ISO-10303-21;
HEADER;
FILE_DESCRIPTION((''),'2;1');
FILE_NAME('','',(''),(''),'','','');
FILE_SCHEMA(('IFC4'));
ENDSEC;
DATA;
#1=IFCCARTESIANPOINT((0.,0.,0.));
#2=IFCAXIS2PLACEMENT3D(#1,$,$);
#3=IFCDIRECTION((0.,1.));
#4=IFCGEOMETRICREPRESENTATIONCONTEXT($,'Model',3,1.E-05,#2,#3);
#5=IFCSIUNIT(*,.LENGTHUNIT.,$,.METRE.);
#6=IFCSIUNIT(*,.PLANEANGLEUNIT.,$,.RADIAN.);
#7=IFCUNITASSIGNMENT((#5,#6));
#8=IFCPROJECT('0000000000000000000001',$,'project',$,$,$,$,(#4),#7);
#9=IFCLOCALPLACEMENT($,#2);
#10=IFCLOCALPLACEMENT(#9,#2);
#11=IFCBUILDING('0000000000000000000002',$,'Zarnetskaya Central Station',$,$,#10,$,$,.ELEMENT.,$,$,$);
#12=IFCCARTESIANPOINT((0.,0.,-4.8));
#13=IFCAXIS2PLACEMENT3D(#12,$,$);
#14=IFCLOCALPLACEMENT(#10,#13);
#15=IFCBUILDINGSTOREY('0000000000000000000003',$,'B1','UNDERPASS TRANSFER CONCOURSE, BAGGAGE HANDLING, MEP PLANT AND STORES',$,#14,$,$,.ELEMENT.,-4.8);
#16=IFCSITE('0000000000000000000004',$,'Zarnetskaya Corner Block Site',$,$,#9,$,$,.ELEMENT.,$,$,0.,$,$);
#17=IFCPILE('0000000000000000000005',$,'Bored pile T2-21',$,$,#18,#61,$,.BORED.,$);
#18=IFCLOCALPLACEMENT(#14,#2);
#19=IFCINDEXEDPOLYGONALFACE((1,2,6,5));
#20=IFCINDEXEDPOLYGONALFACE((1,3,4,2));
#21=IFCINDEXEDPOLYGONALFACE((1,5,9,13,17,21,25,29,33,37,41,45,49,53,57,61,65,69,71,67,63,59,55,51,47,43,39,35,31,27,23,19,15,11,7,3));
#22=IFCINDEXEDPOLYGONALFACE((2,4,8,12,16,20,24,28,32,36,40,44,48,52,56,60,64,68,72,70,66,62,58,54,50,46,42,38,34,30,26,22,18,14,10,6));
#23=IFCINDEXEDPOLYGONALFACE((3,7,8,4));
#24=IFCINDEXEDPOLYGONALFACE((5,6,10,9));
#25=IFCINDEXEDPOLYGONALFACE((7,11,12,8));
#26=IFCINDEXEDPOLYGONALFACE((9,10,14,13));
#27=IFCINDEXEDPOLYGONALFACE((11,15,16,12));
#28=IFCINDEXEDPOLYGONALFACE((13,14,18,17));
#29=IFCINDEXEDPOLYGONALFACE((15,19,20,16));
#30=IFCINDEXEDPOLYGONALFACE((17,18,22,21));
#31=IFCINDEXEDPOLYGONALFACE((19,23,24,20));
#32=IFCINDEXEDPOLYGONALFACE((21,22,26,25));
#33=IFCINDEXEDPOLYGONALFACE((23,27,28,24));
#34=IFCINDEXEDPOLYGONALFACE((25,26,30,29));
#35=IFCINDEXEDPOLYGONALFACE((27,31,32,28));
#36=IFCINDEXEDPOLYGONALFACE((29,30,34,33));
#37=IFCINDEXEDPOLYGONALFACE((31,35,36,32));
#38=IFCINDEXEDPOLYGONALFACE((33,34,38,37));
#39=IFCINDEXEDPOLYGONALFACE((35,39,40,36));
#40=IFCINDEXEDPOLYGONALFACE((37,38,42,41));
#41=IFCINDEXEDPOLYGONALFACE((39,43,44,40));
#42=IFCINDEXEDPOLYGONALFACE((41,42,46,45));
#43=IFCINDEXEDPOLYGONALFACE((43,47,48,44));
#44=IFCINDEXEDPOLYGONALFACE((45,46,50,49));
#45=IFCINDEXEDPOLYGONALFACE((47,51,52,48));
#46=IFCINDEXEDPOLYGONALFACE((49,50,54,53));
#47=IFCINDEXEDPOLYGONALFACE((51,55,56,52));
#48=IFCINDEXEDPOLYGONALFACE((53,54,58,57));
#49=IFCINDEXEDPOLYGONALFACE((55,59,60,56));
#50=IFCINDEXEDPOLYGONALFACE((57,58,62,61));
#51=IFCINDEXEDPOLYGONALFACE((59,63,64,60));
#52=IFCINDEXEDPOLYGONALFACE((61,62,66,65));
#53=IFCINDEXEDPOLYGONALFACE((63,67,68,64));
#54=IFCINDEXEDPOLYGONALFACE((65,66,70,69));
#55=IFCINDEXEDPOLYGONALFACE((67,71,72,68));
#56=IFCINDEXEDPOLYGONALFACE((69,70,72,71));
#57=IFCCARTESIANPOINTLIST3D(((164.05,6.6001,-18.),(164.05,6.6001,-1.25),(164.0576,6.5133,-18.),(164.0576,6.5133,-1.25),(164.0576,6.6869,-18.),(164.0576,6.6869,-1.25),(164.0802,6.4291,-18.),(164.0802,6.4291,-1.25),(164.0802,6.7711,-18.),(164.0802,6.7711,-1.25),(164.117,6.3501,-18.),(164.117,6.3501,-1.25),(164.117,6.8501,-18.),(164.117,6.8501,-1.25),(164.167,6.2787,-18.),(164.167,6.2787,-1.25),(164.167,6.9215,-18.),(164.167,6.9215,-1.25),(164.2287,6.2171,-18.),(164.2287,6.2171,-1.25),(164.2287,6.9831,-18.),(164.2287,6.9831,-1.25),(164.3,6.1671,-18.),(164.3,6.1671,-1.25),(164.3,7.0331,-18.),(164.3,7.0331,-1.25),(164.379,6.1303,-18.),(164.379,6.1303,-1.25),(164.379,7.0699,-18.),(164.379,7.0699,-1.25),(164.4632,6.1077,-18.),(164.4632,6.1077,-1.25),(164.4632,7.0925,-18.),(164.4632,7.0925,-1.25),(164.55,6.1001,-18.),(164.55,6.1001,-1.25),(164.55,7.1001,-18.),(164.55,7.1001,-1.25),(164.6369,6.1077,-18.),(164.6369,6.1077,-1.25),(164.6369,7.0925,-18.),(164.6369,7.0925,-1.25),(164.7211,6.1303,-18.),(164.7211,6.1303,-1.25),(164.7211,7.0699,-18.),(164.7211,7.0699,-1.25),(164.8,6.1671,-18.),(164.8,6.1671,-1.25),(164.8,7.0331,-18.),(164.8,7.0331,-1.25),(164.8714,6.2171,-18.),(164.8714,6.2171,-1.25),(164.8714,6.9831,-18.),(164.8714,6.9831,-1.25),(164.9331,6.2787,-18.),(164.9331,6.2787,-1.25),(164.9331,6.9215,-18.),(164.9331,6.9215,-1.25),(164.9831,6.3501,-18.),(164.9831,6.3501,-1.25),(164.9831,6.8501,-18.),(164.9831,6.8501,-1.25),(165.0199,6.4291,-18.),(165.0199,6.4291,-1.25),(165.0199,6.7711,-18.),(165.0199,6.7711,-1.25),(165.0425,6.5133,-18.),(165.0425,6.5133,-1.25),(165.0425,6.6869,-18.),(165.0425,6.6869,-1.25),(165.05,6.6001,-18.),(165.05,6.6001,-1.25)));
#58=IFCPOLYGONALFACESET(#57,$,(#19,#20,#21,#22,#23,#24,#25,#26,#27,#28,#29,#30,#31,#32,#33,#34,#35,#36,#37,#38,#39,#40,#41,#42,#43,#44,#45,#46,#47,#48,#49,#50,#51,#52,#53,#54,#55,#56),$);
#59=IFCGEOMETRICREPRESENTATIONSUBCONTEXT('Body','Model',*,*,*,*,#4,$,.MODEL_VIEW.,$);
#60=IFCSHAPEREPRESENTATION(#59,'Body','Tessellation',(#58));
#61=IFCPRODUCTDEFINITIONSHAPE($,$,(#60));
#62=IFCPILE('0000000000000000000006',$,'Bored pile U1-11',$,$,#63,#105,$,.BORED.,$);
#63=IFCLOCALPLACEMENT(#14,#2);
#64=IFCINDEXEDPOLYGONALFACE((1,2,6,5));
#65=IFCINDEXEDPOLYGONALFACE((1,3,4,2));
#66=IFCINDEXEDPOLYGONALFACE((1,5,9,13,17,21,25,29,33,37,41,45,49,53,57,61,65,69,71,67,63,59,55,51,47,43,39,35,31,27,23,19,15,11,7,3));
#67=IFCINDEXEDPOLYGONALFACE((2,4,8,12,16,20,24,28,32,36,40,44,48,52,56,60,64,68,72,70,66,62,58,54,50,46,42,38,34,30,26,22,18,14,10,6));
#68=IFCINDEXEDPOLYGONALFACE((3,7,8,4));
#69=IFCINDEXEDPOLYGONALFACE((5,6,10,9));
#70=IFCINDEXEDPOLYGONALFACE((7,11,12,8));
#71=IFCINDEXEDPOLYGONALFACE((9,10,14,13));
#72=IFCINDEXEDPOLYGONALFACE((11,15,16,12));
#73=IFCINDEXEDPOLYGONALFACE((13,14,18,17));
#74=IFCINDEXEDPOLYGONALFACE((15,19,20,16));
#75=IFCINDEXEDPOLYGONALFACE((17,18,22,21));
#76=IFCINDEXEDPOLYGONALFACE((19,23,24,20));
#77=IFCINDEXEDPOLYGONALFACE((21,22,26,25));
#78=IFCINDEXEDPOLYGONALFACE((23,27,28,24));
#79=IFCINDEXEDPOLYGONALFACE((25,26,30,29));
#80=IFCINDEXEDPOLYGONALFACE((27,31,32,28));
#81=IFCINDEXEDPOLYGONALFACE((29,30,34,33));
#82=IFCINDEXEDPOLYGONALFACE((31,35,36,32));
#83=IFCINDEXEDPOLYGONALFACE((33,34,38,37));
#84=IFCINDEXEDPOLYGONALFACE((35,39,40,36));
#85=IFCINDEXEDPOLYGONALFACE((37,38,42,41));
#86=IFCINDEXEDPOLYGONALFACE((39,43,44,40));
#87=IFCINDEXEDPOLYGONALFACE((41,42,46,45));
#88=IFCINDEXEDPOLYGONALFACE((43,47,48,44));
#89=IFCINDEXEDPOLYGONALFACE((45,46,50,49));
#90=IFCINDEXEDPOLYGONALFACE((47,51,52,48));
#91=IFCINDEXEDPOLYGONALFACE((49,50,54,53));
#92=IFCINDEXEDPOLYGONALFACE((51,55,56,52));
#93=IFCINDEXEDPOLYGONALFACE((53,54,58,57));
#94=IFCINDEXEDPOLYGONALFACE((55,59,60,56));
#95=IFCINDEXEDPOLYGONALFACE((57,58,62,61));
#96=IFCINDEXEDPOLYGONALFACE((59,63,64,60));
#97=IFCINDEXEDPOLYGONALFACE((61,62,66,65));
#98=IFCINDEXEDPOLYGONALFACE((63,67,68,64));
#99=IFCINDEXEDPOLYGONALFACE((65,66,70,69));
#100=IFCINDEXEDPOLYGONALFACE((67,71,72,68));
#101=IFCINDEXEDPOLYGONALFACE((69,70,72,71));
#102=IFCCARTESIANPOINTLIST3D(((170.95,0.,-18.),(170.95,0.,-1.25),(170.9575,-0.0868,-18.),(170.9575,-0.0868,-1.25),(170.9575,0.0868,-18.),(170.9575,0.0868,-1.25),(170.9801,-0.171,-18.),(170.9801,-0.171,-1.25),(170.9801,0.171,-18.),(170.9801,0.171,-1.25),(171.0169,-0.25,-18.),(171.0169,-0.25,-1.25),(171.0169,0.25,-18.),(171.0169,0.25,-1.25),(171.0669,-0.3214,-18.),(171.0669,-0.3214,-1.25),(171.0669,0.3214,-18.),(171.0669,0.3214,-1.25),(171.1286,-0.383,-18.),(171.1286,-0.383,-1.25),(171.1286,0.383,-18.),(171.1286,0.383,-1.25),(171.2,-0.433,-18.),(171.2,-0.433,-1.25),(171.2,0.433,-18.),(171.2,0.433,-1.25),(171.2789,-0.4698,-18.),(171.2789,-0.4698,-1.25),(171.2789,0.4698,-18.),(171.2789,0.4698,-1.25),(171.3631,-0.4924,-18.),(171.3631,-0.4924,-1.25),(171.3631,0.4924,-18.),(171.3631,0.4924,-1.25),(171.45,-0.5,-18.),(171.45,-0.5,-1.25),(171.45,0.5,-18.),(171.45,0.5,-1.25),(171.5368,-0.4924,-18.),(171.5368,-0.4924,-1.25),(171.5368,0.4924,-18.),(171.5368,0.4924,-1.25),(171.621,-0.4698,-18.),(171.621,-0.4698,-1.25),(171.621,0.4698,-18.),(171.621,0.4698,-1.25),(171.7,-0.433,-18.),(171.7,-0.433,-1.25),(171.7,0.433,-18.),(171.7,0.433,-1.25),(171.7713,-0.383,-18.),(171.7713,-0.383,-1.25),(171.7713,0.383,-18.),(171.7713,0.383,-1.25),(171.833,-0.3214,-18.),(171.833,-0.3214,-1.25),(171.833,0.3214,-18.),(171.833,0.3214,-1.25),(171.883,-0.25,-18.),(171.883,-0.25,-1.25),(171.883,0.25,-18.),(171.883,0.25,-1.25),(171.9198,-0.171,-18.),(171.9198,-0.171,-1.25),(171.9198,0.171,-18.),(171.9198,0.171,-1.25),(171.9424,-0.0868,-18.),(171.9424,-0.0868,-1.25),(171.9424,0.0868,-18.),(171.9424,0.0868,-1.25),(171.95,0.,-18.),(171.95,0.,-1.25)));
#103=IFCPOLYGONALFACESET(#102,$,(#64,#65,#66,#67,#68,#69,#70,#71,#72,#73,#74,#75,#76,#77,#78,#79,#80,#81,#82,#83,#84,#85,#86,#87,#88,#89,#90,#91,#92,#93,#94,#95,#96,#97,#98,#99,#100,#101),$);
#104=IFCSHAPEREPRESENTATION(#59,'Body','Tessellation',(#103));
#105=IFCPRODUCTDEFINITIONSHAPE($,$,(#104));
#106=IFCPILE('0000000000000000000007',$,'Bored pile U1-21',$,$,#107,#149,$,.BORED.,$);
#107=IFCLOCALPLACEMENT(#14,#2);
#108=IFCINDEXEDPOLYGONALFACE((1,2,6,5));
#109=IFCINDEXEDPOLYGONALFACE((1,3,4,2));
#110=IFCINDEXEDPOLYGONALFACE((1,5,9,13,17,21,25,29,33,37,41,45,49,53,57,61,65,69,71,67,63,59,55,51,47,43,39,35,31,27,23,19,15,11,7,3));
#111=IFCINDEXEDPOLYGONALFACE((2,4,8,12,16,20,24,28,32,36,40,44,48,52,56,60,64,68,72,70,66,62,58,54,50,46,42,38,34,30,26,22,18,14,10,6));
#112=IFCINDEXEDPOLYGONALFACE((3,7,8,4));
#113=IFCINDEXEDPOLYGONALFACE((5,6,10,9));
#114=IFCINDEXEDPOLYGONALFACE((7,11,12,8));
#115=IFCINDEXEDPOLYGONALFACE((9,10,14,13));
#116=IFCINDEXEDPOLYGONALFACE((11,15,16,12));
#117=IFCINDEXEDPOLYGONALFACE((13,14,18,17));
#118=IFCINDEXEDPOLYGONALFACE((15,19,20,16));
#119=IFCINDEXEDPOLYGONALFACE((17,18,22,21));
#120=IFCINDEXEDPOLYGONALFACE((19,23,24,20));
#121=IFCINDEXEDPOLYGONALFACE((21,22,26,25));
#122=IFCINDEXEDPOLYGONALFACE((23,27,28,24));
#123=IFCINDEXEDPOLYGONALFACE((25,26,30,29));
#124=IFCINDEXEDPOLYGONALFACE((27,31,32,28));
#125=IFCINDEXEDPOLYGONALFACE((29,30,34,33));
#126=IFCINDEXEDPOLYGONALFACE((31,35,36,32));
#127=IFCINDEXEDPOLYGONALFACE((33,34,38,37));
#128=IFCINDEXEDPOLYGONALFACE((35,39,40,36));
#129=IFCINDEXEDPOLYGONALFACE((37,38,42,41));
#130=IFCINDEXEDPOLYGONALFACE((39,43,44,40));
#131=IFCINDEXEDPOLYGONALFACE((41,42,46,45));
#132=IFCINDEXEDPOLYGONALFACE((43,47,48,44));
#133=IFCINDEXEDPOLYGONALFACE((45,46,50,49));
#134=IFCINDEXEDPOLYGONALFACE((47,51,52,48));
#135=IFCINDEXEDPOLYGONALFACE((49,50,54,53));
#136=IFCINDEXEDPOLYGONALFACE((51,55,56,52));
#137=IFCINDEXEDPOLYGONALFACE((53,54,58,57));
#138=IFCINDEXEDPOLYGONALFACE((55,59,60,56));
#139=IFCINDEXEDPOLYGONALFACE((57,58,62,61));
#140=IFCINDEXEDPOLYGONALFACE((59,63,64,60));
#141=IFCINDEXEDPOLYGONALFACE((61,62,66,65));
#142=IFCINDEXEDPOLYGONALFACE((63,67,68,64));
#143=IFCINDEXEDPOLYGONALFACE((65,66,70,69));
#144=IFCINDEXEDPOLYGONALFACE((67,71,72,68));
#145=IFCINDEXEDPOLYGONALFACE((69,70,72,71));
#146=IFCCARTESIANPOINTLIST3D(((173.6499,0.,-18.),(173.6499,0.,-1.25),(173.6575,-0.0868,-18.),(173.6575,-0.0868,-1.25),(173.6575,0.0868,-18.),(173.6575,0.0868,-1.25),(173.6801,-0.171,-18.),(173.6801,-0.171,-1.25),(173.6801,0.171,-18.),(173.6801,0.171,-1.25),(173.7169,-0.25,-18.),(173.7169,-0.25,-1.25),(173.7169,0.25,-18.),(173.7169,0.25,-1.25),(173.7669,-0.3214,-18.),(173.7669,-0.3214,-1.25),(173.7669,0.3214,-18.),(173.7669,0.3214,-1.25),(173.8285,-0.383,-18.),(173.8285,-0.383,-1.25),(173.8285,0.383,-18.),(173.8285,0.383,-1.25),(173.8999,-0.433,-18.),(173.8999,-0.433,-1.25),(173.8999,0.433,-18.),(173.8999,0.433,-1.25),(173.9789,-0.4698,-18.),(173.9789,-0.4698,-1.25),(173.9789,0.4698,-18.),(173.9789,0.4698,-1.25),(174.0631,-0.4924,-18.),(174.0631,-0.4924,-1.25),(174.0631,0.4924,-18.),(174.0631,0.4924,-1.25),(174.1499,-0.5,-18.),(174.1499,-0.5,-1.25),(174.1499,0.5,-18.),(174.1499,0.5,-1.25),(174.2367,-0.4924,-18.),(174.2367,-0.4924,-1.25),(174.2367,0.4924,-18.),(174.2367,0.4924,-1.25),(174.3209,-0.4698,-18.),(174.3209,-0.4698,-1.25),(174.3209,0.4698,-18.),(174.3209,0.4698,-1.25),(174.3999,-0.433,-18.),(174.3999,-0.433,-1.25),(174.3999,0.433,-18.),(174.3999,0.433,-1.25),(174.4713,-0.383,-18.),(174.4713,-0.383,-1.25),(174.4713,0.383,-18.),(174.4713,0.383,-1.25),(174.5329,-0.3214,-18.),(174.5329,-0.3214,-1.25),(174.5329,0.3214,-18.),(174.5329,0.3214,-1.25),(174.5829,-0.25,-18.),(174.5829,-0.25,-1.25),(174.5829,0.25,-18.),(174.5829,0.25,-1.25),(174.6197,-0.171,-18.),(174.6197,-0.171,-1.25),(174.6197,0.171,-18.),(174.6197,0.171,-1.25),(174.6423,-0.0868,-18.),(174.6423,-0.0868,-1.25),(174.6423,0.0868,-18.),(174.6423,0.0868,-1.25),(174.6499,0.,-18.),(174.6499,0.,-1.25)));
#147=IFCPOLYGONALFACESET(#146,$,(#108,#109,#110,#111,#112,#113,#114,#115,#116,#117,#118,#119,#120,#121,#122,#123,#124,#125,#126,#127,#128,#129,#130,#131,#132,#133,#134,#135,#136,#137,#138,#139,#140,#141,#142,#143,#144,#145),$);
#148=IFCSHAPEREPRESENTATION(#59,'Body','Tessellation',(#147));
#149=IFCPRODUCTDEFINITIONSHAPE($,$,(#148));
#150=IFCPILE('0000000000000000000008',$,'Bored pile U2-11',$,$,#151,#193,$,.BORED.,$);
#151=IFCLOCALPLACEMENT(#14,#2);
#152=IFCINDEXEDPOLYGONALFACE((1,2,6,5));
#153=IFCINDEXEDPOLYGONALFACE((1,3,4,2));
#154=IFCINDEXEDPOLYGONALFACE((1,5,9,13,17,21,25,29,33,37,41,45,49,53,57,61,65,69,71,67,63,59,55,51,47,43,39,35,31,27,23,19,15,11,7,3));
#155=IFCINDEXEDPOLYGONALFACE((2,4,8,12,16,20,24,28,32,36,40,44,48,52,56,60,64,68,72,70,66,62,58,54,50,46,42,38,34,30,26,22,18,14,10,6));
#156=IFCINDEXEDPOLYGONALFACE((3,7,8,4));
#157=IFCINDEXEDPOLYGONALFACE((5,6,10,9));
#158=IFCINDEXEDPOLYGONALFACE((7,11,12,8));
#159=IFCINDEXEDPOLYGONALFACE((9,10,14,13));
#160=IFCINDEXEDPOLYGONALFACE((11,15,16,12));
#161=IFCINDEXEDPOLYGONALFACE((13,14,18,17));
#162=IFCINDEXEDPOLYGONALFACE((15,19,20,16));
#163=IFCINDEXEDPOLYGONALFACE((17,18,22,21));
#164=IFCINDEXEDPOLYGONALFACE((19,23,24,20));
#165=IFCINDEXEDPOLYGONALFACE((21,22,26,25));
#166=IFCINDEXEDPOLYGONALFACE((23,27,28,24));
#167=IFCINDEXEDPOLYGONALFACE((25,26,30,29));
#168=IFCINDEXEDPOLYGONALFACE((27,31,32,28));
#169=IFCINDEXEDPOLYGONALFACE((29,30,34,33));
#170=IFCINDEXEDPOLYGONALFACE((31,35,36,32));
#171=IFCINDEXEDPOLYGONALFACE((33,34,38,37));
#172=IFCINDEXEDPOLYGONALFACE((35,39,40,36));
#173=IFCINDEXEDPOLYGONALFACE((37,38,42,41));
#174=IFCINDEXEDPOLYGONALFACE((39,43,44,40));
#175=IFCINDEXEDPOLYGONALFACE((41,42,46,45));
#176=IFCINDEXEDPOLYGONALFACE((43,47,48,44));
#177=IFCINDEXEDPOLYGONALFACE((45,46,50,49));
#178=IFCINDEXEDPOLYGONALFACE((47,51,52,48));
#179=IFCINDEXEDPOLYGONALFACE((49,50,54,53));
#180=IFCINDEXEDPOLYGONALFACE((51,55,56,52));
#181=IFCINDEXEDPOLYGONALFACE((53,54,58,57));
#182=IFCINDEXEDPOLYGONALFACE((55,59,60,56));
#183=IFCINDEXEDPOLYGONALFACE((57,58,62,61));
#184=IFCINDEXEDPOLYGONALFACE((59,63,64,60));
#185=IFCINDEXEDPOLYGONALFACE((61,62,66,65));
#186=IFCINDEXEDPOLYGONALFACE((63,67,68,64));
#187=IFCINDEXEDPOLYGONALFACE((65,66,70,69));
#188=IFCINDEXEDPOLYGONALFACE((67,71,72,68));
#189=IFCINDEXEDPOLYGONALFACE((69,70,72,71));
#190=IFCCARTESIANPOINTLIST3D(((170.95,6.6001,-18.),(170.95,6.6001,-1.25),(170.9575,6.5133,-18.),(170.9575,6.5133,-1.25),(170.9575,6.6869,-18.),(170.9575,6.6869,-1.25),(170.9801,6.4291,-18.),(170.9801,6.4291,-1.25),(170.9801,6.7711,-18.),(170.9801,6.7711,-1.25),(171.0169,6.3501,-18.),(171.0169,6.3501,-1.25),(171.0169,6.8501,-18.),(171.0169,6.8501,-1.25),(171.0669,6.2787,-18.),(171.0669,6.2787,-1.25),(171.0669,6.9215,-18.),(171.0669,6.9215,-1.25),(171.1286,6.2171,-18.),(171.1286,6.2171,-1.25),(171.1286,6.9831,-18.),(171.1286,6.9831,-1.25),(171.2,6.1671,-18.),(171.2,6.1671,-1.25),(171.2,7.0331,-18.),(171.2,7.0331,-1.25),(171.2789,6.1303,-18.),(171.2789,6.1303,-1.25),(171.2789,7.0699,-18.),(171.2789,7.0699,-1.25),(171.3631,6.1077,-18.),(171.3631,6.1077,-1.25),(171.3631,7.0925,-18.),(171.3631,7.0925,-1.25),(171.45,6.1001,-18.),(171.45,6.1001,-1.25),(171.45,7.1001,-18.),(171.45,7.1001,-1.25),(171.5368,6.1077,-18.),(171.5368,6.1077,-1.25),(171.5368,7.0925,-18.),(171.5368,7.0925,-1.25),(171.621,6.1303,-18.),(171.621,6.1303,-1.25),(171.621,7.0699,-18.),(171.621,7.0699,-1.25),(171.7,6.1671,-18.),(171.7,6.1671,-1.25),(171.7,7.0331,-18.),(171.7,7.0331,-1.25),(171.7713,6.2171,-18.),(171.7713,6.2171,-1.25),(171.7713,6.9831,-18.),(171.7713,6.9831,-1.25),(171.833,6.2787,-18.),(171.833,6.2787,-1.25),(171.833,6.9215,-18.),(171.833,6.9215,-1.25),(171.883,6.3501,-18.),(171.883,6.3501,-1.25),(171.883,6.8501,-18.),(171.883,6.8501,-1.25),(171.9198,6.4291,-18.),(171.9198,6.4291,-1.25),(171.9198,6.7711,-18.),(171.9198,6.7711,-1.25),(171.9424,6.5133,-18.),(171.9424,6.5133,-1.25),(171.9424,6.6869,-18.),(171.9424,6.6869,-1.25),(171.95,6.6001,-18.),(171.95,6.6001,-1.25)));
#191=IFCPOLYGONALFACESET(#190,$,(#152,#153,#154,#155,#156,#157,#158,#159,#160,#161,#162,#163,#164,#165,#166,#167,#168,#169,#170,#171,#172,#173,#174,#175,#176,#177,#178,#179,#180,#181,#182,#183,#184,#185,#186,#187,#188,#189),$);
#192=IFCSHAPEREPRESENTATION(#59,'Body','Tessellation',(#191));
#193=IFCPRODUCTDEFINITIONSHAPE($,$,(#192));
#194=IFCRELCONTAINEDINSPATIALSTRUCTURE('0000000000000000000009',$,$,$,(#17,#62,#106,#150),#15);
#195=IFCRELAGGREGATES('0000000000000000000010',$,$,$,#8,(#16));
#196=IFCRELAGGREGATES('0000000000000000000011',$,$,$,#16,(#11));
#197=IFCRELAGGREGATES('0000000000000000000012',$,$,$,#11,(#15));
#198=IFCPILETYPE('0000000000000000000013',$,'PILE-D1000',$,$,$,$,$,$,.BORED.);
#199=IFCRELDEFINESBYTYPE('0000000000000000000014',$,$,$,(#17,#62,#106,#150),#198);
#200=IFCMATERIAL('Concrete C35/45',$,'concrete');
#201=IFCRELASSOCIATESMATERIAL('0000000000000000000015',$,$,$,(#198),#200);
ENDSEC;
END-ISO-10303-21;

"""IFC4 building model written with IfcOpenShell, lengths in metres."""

from ifc_helpers import new_model, si_unit, direction, frame, origin, origin_2d, place, context, subcontext, project, spatial, circle, extrude, material, material_profile, profile_set, type_object, element, save


model = new_model("IFC4")

# Units and contexts
model_context = context("Model", 3, precision=1e-05, world=origin(), true_north=direction((0.0, 1.0)))
body_context = subcontext(model_context, "Body", "Model", "MODEL_VIEW")
ifc_project = project(units=[si_unit("LENGTHUNIT", "METRE"), si_unit("PLANEANGLEUNIT", "RADIAN")], contexts=[model_context])

# Site, building, storey
site_placement = place(None, origin())
site = spatial("IfcSite", under=ifc_project, at=site_placement, Name="Zarnetskaya Corner Block Site", CompositionType="ELEMENT", RefElevation=0.0)
building_placement = place(site_placement, origin())
building = spatial("IfcBuilding", under=site, at=building_placement, Name="Zarnetskaya Central Station", CompositionType="ELEMENT")
storey_placement = place(building_placement, frame((0.0, 0.0, -4.8)))
storey = spatial("IfcBuildingStorey", under=building, at=storey_placement, Name="B1", Description="UNDERPASS TRANSFER CONCOURSE, BAGGAGE HANDLING, MEP PLANT AND STORES", CompositionType="ELEMENT", Elevation=-4.8)

# Shared definitions
ifc_material = material(Name="Concrete C35/45", Category="concrete")

# Piles
ifc_material_profile_1 = material_profile(ifc_material, circle(Radius=0.5, at=origin_2d()), Name="BORED PILE D1000")
ifc_profile_set_1 = profile_set([ifc_material_profile_1], Name="Concrete C35/45")
pile_type_1 = type_object("IfcPileType", Name="PILE-D1000", PredefinedType="BORED", material=ifc_profile_set_1)
for number, where, z_axis, x_axis, name in (
    (1, (164.55, 6.6001, -1.25), (0.0, 0.0, -1.0), (1.0, 0.0, 0.0), "Bored pile T2-21"),
    (2, (171.45, 0.0, -1.25), (0.0, 0.0, -1.0), (1.0, 0.0, 0.0), "Bored pile U1-11"),
    (3, (174.1499, 0.0, -1.25), (0.0, 0.0, -1.0), (1.0, 0.0, 0.0), "Bored pile U1-21"),
    (4, (171.45, 6.6001, -1.25), (0.0, 0.0, -1.0), (1.0, 0.0, 0.0), "Bored pile U2-11"),
):
    element("IfcPile", number, at=place(storey_placement, frame(where, z_axis=z_axis, x_axis=x_axis)), inside=storey, type_object=pile_type_1, Name=name, PredefinedType="BORED", context=body_context, shape_type="SweptSolid", body=[
        extrude(circle(Radius=0.5, at=origin_2d()), origin(), (0.0, 0.0, 1.0), 16.75),
    ])

save(model, "model.ifc")
